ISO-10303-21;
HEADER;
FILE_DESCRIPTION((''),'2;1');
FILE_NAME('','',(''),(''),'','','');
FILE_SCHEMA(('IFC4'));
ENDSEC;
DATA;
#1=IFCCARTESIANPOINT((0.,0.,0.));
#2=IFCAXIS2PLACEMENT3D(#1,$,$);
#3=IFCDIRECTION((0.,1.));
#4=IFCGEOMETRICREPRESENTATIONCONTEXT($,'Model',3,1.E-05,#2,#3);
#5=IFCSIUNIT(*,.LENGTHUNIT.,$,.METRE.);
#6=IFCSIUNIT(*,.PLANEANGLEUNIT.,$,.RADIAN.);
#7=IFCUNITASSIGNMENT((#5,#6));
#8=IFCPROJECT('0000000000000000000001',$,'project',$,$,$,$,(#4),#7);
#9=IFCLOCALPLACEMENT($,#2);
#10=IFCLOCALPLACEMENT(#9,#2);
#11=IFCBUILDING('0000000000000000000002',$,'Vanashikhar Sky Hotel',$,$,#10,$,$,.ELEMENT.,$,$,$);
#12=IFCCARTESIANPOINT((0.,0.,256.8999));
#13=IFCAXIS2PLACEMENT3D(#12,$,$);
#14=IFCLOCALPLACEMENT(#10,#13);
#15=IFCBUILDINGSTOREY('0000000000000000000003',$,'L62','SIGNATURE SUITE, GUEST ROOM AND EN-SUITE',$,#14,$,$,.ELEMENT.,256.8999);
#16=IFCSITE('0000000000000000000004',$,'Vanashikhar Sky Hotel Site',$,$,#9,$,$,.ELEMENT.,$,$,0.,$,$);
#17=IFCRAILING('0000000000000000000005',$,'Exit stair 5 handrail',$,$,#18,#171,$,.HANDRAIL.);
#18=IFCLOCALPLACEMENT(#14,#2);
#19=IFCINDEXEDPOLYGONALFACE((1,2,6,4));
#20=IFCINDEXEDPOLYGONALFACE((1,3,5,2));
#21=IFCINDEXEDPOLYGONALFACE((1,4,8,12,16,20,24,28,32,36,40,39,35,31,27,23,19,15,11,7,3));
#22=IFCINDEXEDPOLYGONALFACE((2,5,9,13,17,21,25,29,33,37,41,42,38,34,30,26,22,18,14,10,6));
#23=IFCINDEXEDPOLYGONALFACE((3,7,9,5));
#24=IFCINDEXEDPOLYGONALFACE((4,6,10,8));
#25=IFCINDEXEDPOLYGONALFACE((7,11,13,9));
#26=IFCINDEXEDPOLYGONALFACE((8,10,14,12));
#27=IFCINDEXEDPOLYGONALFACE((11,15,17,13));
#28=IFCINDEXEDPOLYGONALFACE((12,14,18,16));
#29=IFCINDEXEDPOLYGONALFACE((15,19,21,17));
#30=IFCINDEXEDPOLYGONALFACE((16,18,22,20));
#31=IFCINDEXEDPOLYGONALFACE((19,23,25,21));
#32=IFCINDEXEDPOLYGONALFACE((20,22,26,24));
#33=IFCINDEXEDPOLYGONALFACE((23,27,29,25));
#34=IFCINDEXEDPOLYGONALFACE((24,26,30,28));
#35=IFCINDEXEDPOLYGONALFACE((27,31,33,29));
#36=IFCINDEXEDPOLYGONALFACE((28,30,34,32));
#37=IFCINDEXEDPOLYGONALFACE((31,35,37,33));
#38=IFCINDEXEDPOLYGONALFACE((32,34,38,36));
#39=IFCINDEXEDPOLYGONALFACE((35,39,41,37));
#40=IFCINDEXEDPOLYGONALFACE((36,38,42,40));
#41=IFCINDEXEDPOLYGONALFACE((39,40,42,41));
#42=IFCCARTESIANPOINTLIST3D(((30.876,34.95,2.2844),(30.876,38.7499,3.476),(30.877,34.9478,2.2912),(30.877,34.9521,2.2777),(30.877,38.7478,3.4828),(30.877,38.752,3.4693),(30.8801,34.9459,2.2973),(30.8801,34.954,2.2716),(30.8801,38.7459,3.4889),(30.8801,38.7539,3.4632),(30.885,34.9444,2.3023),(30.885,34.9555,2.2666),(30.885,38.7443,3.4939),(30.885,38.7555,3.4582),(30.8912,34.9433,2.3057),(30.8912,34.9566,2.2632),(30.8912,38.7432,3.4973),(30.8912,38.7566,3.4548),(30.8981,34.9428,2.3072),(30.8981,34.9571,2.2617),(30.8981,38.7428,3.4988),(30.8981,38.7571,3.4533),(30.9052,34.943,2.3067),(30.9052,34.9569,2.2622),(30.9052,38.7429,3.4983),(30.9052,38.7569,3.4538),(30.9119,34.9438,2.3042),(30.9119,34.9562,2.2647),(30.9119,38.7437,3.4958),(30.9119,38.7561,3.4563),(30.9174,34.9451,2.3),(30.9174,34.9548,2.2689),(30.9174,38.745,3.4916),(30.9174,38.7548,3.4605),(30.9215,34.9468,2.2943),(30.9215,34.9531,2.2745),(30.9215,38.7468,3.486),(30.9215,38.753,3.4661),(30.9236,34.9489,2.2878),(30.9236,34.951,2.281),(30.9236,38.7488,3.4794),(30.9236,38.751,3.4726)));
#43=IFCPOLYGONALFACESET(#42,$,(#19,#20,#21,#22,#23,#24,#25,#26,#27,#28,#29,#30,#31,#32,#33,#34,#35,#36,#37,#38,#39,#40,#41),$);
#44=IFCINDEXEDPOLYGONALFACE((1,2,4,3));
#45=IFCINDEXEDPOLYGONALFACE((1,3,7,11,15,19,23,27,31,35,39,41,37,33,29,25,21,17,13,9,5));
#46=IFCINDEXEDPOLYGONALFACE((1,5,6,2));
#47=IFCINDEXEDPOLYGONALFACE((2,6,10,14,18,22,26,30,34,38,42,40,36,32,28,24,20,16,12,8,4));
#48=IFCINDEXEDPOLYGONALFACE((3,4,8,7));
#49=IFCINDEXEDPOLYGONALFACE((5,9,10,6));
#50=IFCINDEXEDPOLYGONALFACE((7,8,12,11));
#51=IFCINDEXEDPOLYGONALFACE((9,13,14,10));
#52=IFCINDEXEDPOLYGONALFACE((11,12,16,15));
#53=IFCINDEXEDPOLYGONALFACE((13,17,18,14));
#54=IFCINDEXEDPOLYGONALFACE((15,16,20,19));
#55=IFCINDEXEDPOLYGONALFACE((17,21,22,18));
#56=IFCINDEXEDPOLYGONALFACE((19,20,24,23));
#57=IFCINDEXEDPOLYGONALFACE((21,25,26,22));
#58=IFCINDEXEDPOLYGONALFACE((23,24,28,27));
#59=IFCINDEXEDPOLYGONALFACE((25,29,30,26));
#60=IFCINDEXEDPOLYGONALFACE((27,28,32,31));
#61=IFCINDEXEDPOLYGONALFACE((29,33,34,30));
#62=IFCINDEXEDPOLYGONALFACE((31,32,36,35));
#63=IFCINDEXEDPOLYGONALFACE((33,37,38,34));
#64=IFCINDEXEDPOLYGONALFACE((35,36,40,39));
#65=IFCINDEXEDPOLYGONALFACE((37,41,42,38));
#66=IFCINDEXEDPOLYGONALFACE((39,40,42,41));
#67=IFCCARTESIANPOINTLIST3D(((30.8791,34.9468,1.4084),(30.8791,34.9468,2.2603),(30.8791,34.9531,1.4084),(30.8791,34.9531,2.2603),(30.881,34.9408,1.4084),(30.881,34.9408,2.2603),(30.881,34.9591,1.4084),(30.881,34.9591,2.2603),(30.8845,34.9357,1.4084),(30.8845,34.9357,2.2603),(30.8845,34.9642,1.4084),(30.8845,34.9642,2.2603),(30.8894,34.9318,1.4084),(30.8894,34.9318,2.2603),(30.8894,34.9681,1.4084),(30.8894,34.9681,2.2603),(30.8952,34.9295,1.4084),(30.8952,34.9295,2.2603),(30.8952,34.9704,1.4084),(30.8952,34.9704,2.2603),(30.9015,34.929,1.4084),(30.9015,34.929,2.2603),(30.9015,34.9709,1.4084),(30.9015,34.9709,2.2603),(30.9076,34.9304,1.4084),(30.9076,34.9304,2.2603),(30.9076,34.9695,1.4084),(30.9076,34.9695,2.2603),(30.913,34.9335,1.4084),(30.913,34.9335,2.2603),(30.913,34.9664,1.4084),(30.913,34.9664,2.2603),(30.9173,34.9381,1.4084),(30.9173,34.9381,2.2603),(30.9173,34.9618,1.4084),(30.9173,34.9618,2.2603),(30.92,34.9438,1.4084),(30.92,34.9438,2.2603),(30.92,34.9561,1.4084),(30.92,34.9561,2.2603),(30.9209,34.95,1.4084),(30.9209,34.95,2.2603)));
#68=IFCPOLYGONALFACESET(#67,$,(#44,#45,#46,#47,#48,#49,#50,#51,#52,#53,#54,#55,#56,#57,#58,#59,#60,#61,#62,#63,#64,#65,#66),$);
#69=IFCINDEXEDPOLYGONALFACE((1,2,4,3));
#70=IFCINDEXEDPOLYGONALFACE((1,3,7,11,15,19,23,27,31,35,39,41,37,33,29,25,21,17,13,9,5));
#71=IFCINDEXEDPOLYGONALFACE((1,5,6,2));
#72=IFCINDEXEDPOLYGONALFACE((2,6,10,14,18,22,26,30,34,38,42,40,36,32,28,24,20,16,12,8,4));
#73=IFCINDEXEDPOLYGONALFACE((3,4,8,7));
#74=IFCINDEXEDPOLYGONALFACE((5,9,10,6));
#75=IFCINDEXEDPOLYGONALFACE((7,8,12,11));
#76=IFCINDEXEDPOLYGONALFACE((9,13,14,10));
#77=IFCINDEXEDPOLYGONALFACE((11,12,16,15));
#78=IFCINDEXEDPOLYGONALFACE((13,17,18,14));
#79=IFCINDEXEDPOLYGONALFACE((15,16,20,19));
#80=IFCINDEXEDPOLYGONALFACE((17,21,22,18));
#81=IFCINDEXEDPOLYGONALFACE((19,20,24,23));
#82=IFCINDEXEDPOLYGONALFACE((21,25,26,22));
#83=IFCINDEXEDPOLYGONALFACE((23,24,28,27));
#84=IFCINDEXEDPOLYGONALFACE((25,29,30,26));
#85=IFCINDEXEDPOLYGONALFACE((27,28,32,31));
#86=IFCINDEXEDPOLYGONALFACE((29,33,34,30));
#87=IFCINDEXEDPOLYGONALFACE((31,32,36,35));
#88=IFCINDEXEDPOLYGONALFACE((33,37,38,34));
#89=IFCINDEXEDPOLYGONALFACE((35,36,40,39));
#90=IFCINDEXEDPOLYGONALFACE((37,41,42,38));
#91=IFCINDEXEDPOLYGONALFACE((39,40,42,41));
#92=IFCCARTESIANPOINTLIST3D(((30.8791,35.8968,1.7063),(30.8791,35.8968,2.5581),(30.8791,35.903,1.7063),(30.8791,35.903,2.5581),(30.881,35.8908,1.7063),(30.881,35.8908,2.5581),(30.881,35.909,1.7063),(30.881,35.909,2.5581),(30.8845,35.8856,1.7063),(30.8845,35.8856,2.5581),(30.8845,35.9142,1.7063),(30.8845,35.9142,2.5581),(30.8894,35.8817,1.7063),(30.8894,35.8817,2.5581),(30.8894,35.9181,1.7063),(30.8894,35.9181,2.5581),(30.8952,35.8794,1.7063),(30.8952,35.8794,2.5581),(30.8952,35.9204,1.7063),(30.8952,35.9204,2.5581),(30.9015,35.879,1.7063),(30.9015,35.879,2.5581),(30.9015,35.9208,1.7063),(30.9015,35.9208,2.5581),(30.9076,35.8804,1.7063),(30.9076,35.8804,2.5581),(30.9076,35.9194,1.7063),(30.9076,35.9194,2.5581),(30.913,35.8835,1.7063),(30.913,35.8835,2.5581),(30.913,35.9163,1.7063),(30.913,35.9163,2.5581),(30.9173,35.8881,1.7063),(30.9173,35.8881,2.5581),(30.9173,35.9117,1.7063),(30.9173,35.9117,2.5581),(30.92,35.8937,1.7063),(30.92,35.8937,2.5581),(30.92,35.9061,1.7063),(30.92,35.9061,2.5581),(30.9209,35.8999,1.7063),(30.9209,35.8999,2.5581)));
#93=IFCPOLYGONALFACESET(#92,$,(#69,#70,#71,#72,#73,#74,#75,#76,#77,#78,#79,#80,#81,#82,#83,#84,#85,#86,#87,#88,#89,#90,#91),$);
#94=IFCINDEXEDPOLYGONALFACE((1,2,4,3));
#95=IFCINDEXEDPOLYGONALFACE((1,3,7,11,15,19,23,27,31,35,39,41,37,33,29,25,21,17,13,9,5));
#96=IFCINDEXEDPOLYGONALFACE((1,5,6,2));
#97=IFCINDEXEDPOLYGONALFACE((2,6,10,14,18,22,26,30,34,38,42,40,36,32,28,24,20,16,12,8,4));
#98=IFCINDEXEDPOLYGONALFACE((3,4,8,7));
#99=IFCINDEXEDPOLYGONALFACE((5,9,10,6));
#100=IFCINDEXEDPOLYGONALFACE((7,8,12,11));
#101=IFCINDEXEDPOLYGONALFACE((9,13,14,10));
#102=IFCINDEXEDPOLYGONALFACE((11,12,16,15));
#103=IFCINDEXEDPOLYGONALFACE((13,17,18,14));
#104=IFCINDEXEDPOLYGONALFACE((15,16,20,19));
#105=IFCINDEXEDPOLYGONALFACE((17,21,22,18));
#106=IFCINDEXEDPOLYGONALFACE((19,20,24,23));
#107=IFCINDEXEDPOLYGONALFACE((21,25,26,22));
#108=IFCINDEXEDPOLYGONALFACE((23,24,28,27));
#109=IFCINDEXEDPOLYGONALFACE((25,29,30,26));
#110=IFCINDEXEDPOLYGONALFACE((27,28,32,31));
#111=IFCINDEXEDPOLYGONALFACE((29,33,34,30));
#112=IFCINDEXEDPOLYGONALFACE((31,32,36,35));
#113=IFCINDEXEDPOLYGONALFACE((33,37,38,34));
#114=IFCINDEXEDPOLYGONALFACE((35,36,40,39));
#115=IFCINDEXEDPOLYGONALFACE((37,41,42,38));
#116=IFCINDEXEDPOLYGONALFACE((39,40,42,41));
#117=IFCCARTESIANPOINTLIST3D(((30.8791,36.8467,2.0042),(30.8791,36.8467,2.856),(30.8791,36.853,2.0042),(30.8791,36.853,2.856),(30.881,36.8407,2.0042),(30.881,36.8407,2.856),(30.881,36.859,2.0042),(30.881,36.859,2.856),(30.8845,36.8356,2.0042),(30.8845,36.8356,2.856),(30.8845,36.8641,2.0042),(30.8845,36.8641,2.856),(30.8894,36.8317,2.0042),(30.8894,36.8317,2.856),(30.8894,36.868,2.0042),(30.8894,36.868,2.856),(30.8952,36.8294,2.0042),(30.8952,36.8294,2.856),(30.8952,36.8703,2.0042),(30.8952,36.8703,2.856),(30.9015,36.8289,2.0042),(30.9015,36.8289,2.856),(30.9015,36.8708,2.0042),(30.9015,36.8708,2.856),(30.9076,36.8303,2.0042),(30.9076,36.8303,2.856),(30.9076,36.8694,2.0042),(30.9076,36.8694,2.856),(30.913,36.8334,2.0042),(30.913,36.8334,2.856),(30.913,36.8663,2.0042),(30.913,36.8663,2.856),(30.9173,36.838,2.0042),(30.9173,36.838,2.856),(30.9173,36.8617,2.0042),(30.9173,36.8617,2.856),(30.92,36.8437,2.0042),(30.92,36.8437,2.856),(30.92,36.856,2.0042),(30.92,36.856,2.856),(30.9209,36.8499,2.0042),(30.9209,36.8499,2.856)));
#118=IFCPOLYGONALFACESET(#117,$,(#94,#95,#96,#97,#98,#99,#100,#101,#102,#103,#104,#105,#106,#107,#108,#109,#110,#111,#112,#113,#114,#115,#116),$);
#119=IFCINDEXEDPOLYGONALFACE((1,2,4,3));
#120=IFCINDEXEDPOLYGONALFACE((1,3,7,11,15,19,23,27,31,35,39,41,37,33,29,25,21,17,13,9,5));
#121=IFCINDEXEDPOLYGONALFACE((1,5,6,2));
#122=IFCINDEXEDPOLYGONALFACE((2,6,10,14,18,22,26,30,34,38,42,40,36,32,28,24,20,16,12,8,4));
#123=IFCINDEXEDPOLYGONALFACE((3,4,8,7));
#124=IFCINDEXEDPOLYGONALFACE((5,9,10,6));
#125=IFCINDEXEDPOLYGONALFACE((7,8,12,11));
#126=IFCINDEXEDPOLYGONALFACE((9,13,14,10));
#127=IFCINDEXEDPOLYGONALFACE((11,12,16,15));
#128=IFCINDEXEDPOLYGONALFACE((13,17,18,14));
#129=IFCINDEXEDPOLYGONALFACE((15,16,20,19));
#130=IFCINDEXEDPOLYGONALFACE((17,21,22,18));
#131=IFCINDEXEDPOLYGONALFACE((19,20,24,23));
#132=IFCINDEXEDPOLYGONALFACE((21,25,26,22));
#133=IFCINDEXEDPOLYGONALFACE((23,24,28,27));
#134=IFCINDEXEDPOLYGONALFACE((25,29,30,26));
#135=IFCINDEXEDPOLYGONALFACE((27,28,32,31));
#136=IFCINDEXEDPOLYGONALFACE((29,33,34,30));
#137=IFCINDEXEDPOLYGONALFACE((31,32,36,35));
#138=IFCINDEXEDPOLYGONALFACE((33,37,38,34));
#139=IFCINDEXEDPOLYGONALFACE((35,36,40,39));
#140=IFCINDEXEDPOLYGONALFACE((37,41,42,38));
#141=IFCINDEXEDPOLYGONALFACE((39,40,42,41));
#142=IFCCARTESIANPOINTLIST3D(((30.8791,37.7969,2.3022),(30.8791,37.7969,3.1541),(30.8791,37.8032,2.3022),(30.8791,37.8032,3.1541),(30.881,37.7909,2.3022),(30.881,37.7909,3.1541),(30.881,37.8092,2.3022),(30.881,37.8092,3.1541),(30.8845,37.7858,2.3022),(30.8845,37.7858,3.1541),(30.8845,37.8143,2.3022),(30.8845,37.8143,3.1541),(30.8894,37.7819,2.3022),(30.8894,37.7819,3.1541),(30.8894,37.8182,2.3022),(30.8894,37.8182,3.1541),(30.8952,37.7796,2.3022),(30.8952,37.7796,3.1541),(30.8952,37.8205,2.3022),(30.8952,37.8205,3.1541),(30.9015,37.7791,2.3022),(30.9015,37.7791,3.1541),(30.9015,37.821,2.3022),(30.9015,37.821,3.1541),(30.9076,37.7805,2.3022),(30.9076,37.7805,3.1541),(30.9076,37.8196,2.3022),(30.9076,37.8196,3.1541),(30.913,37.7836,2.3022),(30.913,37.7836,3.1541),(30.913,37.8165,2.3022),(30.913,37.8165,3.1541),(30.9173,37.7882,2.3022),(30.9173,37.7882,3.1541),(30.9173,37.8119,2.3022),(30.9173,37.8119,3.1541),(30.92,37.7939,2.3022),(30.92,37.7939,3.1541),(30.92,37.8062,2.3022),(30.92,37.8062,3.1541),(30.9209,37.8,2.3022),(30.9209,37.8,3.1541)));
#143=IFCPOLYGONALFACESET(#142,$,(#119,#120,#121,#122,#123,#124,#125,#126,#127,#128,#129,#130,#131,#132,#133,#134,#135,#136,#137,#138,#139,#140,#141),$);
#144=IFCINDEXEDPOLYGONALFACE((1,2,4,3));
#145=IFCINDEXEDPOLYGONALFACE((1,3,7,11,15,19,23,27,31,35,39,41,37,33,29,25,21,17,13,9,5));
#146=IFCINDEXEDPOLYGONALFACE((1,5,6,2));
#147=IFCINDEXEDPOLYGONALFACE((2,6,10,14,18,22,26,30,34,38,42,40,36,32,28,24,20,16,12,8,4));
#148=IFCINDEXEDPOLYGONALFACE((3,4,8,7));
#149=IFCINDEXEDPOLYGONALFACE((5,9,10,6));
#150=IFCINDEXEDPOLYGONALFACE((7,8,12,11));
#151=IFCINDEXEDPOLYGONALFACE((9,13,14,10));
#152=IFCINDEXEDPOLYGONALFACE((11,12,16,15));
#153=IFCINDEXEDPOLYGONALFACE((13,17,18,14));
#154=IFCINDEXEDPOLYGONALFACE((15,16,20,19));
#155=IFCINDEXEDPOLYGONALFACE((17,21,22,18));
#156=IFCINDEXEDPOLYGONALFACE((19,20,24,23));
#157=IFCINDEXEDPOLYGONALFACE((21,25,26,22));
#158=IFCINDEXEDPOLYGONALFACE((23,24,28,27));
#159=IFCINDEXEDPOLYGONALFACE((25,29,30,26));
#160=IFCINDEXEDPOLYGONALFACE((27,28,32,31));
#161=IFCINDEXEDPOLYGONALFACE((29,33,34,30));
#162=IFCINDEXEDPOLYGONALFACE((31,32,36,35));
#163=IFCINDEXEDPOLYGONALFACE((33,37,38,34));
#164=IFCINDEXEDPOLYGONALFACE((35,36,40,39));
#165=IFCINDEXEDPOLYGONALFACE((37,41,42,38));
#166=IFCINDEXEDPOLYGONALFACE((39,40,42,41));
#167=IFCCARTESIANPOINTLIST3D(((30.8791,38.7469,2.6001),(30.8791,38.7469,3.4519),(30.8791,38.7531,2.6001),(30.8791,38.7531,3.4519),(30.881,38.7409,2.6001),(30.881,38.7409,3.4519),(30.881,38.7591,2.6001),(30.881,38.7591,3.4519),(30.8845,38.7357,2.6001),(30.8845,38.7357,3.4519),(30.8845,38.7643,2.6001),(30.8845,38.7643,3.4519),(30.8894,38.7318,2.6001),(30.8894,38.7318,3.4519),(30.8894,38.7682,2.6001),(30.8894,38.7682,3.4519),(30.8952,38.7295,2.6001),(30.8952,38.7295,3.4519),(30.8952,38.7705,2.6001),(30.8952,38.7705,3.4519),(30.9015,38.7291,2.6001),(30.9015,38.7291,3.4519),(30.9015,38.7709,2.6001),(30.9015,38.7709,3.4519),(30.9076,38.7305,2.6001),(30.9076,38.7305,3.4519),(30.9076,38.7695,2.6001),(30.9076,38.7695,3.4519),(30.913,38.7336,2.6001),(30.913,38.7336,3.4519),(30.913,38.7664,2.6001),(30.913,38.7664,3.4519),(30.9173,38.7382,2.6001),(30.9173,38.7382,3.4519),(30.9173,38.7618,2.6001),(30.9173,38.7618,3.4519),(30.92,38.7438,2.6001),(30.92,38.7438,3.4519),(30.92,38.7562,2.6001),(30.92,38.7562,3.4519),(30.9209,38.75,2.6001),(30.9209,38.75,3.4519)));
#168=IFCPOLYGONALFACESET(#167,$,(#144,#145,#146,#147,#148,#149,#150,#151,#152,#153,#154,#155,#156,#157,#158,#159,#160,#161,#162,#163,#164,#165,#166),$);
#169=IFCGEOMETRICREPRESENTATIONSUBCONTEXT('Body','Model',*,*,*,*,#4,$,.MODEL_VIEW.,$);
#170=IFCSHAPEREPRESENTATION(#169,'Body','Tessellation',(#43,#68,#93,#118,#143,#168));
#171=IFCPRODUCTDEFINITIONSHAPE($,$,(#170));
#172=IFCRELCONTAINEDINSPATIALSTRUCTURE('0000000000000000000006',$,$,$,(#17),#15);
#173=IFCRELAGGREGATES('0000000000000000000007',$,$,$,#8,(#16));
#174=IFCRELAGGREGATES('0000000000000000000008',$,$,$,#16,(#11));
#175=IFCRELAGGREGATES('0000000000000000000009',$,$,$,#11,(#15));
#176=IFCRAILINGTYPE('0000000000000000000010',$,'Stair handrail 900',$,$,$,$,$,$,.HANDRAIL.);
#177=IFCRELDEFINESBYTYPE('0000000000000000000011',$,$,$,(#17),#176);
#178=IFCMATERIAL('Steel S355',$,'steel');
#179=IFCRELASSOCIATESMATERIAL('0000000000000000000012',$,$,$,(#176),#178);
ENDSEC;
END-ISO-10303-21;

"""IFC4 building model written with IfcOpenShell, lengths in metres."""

from ifc_helpers import new_model, si_unit, direction, frame, origin, origin_2d, place, context, subcontext, project, spatial, circle, extrude, source, transform, mapped, material, type_object, element, save


model = new_model("IFC4")

# Units and contexts
model_context = context("Model", 3, precision=1e-05, world=origin(), true_north=direction((0.0, 1.0)))
body_context = subcontext(model_context, "Body", "Model", "MODEL_VIEW")
ifc_project = project(units=[si_unit("LENGTHUNIT", "METRE"), si_unit("PLANEANGLEUNIT", "RADIAN")], contexts=[model_context])

# Site, building, storey
site_placement = place(None, origin())
site = spatial("IfcSite", under=ifc_project, at=site_placement, Name="Vanashikhar Sky Hotel Site", CompositionType="ELEMENT", RefElevation=0.0)
building_placement = place(site_placement, origin())
building = spatial("IfcBuilding", under=site, at=building_placement, Name="Vanashikhar Sky Hotel", CompositionType="ELEMENT")
storey_placement = place(building_placement, frame((0.0, 0.0, 256.8999)))
storey = spatial("IfcBuildingStorey", under=building, at=storey_placement, Name="L62", Description="SIGNATURE SUITE, GUEST ROOM AND EN-SUITE", CompositionType="ELEMENT", Elevation=256.8999)

# Railing
ifc_material_1 = material(Name="Steel S355", Category="steel")
railing_type = type_object("IfcRailingType", Name="Stair handrail 900", PredefinedType="HANDRAIL", material=ifc_material_1)
shared_shape_1 = source(origin(), body_context, "Body", "SweptSolid", [
    extrude(circle(Radius=0.0239, at=origin_2d()), frame((0.0, 0.0, 0.876), z_axis=(0.0, 0.954184, 0.299221), x_axis=(-1.0, 0.0, 0.0)), (0.0, 0.0, 1.0), 3.9824),
    extrude(circle(Radius=0.021, at=origin_2d()), origin(), (0.0, 0.0, 1.0), 0.8518),
    extrude(circle(Radius=0.021, at=origin_2d()), frame((0.0, 0.95, 0.2979)), (0.0, 0.0, 1.0), 0.8518),
    extrude(circle(Radius=0.021, at=origin_2d()), frame((0.0, 1.8999, 0.5957)), (0.0, 0.0, 1.0), 0.8518),
    extrude(circle(Radius=0.021, at=origin_2d()), frame((0.0, 2.8501, 0.8938)), (0.0, 0.0, 1.0), 0.8518),
    extrude(circle(Radius=0.021, at=origin_2d()), frame((0.0, 3.8, 1.1917)), (0.0, 0.0, 1.0), 0.8518),
])
for number, where, name in (
    (1, (30.8999, 34.95, 1.4084), "Exit stair 5 handrail"),
):
    element("IfcRailing", number, at=place(storey_placement, frame(where)), inside=storey, type_object=railing_type, Name=name, PredefinedType="HANDRAIL", context=body_context, shape_type="MappedRepresentation", body=[
        mapped(shared_shape_1, transform((0.0, 0.0, 0.0), scale=1.0)),
    ])

save(model, "model.ifc")
